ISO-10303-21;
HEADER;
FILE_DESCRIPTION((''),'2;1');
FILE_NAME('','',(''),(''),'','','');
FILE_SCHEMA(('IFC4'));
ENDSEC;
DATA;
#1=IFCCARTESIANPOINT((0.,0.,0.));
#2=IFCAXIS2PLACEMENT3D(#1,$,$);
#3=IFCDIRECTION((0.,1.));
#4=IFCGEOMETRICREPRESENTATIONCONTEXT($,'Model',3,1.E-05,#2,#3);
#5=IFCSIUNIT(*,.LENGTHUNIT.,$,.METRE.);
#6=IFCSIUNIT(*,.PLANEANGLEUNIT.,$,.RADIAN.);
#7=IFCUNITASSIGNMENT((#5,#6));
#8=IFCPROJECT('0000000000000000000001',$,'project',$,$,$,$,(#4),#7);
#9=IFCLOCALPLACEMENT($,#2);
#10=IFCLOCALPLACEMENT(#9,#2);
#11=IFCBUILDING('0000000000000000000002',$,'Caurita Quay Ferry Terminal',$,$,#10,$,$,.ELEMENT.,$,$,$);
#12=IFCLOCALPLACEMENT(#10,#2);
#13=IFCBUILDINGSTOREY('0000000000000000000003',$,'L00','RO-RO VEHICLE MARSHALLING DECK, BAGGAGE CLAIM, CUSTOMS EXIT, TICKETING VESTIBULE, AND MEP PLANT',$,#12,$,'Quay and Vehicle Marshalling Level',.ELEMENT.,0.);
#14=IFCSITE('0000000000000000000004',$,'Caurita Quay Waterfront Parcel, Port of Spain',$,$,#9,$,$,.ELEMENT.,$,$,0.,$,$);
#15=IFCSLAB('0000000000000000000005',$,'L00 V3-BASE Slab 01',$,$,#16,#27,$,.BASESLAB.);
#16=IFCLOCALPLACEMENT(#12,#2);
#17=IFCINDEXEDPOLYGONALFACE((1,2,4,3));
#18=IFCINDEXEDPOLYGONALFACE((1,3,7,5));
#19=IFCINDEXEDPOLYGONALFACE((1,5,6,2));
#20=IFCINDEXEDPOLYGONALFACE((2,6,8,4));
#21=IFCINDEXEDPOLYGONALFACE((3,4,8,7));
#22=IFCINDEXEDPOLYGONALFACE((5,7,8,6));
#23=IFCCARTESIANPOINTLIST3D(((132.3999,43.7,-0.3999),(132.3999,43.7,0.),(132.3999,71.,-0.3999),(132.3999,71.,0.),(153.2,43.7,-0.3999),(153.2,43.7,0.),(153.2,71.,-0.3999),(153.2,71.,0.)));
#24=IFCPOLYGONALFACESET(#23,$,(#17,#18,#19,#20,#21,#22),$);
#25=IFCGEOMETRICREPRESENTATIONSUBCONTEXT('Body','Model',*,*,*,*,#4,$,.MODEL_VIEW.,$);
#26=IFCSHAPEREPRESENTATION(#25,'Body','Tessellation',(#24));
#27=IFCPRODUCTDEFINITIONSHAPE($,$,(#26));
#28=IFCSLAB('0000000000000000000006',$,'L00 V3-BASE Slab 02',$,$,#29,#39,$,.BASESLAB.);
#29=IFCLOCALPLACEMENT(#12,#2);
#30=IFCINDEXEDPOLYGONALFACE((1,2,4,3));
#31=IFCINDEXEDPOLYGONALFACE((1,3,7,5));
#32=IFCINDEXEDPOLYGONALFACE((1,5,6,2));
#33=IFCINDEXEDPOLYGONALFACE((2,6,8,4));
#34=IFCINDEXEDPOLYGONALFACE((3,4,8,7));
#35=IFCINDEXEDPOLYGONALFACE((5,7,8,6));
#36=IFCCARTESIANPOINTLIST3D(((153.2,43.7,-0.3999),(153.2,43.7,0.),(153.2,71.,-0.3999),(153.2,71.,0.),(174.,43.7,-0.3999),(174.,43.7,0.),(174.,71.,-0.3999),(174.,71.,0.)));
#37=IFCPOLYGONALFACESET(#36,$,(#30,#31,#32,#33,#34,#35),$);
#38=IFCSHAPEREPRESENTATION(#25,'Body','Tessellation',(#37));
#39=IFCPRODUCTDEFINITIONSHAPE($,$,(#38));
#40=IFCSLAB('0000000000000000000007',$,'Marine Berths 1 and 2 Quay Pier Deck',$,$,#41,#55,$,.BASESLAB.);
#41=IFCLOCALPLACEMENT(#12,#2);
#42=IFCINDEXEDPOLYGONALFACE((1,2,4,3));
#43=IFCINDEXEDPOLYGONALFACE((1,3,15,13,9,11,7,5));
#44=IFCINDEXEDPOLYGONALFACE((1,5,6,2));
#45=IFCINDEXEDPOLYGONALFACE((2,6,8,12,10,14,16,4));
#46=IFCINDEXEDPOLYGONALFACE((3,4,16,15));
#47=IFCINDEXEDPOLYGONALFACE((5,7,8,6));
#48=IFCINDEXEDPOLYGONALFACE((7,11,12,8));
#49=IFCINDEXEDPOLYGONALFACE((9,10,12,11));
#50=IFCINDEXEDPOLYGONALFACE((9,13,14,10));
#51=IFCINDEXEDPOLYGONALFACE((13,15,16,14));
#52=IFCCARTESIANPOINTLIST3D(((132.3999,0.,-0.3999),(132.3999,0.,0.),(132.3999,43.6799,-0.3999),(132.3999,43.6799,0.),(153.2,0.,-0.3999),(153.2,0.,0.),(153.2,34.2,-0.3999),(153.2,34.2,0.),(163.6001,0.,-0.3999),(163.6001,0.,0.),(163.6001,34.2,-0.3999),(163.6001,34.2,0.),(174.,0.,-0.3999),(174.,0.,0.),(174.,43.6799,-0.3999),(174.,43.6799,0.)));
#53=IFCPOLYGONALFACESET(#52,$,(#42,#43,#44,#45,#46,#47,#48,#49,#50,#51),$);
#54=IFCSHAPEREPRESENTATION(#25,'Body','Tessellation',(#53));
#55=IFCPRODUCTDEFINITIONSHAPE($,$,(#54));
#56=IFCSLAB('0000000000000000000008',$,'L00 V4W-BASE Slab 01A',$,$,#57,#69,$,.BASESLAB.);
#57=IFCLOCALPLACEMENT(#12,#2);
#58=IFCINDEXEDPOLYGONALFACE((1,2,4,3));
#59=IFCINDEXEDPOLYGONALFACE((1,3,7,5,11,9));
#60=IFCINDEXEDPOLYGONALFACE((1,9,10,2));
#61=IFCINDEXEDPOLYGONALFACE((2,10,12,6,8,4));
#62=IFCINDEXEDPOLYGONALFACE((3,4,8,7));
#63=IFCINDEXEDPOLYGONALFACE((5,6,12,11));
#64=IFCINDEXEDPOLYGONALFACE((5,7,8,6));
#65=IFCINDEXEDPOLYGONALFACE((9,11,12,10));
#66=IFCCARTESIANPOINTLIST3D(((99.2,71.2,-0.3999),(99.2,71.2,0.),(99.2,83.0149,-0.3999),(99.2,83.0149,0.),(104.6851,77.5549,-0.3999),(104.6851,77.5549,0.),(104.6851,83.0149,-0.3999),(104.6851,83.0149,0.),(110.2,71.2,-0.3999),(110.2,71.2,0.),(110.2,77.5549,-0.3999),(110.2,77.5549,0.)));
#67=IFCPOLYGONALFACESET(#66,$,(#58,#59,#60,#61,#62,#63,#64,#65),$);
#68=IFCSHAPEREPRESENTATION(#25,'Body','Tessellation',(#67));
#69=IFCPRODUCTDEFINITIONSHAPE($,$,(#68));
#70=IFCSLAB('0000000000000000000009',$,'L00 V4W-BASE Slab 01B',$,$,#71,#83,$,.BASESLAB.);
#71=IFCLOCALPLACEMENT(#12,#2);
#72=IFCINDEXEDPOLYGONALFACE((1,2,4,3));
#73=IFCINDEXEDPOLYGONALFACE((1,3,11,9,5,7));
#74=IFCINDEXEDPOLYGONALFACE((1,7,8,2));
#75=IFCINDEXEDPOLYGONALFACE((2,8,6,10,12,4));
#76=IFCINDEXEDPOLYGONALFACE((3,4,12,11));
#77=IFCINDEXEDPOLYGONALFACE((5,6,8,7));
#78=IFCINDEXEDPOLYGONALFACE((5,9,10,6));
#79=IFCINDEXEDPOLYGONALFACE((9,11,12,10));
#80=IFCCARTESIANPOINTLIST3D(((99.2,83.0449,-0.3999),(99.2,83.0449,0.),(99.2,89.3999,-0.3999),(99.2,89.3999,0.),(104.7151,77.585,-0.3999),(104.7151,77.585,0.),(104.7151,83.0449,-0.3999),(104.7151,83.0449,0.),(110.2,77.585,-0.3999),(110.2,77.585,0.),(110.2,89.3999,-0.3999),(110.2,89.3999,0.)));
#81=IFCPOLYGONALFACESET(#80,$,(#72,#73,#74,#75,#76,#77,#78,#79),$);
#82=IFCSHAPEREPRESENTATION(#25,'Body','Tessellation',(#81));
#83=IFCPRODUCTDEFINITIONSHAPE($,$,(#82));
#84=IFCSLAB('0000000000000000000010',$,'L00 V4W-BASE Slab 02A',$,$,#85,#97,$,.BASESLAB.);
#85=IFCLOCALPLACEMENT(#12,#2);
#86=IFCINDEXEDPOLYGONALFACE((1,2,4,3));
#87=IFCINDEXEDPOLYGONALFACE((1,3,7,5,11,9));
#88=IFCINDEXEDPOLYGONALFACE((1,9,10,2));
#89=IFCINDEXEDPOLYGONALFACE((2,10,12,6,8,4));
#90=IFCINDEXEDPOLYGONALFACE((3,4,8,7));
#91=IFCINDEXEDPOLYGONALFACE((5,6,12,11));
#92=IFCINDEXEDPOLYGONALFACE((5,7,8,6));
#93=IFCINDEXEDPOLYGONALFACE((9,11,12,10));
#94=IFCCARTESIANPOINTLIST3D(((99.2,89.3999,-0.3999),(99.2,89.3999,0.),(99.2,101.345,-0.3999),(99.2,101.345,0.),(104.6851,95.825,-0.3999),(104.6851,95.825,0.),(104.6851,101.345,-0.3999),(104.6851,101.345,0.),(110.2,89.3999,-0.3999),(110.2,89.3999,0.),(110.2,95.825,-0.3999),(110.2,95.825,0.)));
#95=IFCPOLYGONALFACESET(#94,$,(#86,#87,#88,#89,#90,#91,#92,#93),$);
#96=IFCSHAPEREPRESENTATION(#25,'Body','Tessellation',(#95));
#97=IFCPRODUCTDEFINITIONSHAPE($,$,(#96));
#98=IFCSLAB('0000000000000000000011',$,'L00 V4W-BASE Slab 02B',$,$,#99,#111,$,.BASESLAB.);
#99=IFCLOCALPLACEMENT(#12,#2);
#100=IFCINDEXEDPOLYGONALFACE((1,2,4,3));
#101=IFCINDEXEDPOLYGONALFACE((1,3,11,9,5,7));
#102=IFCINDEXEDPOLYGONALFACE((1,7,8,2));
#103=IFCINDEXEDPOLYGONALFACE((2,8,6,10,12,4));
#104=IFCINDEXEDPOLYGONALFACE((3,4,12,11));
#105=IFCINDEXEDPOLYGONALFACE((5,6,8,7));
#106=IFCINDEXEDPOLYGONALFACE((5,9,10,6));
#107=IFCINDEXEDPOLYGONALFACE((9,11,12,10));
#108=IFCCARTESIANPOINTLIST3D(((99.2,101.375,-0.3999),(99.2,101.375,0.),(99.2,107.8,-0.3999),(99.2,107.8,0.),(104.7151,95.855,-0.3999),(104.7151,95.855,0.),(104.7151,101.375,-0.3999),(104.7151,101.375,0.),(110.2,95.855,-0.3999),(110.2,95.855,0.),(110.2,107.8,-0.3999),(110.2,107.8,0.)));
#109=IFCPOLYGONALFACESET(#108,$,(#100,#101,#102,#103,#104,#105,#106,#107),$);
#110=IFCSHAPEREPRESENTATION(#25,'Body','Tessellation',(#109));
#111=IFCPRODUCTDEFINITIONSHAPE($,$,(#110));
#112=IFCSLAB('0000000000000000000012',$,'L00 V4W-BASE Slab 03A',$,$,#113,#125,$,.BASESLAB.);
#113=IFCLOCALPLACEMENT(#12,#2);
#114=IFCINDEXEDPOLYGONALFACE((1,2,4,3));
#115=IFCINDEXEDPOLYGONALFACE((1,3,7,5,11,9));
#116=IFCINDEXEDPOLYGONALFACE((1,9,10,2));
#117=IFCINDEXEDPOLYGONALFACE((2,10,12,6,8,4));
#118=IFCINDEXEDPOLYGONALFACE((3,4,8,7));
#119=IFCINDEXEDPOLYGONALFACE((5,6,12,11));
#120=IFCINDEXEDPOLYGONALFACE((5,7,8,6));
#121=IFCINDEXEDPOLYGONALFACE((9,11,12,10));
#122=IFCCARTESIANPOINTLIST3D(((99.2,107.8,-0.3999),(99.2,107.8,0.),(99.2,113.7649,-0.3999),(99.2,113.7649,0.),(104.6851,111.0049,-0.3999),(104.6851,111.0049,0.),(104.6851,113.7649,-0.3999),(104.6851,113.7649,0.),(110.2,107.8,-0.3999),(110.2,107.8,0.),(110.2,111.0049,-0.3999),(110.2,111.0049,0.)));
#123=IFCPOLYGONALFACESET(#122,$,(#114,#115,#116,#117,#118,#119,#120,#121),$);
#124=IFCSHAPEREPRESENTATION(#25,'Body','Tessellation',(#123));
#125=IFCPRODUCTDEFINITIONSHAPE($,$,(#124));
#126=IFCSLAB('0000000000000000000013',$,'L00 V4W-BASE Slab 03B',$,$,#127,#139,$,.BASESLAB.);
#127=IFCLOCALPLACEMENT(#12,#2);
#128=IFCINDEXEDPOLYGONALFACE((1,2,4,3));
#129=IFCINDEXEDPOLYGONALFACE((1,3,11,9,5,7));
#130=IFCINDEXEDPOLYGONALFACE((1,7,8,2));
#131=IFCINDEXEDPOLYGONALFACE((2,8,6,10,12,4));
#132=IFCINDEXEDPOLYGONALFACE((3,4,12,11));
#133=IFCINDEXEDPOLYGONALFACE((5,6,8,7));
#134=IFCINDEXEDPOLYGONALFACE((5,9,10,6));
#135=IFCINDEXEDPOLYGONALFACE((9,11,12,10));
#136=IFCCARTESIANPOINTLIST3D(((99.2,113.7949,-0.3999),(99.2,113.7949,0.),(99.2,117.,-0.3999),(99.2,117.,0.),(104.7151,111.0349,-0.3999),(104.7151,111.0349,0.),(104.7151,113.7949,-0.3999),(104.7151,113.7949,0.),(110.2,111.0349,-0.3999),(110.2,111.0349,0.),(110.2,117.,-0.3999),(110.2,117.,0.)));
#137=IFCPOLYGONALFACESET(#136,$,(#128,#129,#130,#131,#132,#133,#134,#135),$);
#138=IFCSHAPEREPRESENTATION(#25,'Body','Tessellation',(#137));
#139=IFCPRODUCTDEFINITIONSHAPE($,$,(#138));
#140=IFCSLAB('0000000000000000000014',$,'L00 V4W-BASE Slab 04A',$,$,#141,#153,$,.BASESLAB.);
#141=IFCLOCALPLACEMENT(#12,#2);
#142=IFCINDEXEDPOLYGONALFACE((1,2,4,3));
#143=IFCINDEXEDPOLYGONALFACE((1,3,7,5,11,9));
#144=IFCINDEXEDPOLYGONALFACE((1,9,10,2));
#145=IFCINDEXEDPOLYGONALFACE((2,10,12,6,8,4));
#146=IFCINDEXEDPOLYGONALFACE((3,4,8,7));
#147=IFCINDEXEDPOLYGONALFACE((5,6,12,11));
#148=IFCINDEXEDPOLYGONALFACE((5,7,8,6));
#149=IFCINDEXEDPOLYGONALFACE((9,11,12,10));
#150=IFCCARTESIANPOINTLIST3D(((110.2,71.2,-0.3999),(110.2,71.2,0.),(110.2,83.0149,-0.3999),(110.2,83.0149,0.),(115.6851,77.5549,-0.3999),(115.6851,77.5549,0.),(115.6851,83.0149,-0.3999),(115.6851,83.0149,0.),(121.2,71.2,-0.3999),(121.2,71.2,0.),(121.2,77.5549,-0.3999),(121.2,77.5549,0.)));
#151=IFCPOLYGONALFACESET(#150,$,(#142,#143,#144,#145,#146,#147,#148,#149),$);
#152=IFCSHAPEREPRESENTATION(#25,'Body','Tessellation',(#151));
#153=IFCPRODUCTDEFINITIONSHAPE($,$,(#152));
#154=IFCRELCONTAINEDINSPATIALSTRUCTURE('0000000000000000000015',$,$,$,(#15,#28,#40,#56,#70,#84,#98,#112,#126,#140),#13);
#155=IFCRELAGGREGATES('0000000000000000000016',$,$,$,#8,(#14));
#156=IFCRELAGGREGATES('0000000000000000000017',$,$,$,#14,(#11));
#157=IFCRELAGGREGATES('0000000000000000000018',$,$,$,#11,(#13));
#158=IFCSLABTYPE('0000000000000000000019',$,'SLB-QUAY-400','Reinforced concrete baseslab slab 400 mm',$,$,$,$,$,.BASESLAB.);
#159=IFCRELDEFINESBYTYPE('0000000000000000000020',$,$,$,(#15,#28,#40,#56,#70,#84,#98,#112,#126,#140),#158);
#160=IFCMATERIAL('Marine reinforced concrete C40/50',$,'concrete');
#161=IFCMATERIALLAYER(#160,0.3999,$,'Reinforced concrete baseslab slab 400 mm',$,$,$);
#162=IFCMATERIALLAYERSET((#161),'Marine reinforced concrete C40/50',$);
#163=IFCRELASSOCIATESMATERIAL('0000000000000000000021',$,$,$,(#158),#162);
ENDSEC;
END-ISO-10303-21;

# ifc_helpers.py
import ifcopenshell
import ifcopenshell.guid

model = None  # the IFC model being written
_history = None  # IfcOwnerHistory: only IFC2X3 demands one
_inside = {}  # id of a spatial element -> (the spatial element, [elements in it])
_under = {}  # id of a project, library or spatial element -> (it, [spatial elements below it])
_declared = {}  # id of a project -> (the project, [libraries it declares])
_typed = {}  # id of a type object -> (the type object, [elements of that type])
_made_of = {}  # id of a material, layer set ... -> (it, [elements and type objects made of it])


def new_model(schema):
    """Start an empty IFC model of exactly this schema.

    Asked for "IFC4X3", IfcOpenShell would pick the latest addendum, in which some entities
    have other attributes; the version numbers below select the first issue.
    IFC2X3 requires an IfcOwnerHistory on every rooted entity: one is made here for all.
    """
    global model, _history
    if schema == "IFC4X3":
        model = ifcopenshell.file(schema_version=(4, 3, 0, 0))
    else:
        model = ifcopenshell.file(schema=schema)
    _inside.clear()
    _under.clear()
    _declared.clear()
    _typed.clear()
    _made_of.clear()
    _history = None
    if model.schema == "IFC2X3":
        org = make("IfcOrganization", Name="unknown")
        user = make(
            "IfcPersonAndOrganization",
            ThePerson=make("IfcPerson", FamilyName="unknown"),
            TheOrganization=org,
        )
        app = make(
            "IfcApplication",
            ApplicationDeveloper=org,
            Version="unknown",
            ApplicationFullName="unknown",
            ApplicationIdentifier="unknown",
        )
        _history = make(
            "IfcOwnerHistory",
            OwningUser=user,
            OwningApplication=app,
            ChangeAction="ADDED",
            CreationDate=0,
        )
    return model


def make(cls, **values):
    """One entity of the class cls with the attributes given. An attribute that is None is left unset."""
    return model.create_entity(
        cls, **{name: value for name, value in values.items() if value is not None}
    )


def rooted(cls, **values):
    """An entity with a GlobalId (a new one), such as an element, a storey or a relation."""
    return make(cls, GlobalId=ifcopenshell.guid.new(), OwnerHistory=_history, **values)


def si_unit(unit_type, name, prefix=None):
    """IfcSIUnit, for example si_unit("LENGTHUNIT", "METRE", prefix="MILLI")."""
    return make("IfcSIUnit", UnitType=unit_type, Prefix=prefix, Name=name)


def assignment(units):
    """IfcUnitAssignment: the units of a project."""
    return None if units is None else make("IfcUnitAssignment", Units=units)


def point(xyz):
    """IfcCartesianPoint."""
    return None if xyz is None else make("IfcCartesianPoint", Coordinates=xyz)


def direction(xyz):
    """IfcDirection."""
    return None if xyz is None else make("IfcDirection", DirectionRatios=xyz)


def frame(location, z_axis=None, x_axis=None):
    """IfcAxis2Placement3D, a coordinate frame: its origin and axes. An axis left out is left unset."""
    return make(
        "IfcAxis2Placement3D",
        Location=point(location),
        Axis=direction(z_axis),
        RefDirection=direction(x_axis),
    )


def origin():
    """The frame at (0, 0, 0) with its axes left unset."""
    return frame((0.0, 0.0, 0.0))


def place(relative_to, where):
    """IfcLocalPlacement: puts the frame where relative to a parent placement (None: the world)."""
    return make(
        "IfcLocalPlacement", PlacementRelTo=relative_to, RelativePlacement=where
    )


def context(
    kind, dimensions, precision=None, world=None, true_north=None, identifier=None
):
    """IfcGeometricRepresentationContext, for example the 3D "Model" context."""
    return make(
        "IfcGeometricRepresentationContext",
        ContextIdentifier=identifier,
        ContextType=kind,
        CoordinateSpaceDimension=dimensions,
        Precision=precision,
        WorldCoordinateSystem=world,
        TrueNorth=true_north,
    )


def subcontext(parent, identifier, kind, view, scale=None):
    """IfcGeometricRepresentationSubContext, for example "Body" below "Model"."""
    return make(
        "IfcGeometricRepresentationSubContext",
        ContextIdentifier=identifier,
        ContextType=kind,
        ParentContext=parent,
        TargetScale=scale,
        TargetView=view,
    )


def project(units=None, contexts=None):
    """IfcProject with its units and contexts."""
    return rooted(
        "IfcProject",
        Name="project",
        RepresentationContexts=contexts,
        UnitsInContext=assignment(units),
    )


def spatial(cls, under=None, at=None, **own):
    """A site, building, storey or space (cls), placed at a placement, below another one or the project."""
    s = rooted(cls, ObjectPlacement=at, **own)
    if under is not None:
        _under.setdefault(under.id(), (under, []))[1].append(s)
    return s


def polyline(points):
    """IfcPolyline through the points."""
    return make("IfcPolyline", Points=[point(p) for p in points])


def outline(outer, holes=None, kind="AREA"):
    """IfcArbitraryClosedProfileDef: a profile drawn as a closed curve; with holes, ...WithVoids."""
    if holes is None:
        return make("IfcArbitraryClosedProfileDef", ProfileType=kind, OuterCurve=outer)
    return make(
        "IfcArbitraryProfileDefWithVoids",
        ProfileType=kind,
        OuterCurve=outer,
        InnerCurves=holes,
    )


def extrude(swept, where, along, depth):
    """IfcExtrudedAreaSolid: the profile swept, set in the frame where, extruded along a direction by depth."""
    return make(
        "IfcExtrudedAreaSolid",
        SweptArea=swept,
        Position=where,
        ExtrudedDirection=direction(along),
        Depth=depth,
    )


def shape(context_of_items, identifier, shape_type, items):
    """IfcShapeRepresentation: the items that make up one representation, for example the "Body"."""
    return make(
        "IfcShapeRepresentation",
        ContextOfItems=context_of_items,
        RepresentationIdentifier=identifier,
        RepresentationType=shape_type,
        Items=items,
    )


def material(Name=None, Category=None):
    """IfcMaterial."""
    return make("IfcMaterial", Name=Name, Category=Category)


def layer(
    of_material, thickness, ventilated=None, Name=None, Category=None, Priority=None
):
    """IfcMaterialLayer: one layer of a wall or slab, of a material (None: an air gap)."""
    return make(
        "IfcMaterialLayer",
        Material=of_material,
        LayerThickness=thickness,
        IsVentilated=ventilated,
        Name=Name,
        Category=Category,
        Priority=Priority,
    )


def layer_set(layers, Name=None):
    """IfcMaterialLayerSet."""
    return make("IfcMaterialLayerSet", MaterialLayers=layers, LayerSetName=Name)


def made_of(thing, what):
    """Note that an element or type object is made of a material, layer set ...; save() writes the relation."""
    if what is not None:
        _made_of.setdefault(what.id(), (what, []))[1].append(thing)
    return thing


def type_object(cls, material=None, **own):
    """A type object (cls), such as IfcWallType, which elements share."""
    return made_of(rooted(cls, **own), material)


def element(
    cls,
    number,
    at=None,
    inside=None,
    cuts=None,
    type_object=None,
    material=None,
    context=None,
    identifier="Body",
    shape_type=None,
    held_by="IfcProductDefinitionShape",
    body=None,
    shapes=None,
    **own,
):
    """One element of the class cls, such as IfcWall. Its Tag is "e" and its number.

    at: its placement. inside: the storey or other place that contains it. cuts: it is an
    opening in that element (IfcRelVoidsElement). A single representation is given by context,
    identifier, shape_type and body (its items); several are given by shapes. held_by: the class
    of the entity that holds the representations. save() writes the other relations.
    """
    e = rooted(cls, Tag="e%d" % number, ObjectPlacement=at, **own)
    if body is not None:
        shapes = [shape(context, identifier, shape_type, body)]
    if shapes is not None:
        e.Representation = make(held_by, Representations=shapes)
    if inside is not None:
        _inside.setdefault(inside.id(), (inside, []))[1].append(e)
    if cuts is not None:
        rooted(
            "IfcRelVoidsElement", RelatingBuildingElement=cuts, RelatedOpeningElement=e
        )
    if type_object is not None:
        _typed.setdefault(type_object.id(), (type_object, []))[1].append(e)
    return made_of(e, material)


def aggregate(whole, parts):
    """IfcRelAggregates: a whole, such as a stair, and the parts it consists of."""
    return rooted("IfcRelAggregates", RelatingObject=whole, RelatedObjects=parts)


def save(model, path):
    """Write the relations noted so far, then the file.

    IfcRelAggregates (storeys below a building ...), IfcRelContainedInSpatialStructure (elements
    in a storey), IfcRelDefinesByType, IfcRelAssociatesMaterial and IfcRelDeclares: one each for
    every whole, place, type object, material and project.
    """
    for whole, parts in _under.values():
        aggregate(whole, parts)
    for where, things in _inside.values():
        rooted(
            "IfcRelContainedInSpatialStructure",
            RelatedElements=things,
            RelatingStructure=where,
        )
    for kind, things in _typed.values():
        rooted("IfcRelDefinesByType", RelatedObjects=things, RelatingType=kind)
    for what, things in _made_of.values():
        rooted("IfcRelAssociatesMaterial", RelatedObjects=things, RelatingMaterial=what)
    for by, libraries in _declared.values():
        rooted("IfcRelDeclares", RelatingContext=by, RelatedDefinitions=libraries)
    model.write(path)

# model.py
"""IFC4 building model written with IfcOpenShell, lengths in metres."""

from ifc_helpers import new_model, si_unit, direction, frame, origin, place, context, subcontext, project, spatial, polyline, outline, extrude, material, layer, layer_set, type_object, element, save


model = new_model("IFC4")

# Units and contexts
model_context = context("Model", 3, precision=1e-05, world=origin(), true_north=direction((0.0, 1.0)))
body_context = subcontext(model_context, "Body", "Model", "MODEL_VIEW")
ifc_project = project(units=[si_unit("LENGTHUNIT", "METRE"), si_unit("PLANEANGLEUNIT", "RADIAN")], contexts=[model_context])

# Site, building, storey
site_placement = place(None, origin())
site = spatial("IfcSite", under=ifc_project, at=site_placement, Name="Caurita Quay Waterfront Parcel, Port of Spain", CompositionType="ELEMENT", RefElevation=0.0)
building_placement = place(site_placement, origin())
building = spatial("IfcBuilding", under=site, at=building_placement, Name="Caurita Quay Ferry Terminal", CompositionType="ELEMENT")
storey_placement = place(building_placement, origin())
storey = spatial("IfcBuildingStorey", under=building, at=storey_placement, Name="L00", Description="RO-RO VEHICLE MARSHALLING DECK, BAGGAGE CLAIM, CUSTOMS EXIT, TICKETING VESTIBULE, AND MEP PLANT", LongName="Quay and Vehicle Marshalling Level", CompositionType="ELEMENT", Elevation=0.0)

# Slabs
ifc_material = material(Name="Marine reinforced concrete C40/50", Category="concrete")
ifc_layer = layer(ifc_material, 0.3999, Name="Reinforced concrete baseslab slab 400 mm")
ifc_layer_set = layer_set([ifc_layer], Name="Marine reinforced concrete C40/50")
slab_type = type_object("IfcSlabType", Name="SLB-QUAY-400", Description="Reinforced concrete baseslab slab 400 mm", PredefinedType="BASESLAB", material=ifc_layer_set)
slab_1_placement = place(storey_placement, frame((0.0, 0.0, -0.3999)))
element("IfcSlab", 1, at=slab_1_placement, inside=storey, type_object=slab_type, Name="L00 V3-BASE Slab 01", PredefinedType="BASESLAB", context=body_context, shape_type="SweptSolid", body=[
    extrude(outline(polyline([(132.3999, 43.7), (153.2, 43.7), (153.2, 71.0), (132.3999, 71.0), (132.3999, 43.7)])), origin(), (0.0, 0.0, 1.0), 0.3999),
])
slab_2_placement = place(storey_placement, frame((0.0, 0.0, -0.3999)))
element("IfcSlab", 2, at=slab_2_placement, inside=storey, type_object=slab_type, Name="L00 V3-BASE Slab 02", PredefinedType="BASESLAB", context=body_context, shape_type="SweptSolid", body=[
    extrude(outline(polyline([(153.2, 43.7), (174.0, 43.7), (174.0, 71.0), (153.2, 71.0), (153.2, 43.7)])), origin(), (0.0, 0.0, 1.0), 0.3999),
])
slab_3_placement = place(storey_placement, frame((0.0, 0.0, -0.3999)))
element("IfcSlab", 3, at=slab_3_placement, inside=storey, type_object=slab_type, Name="Marine Berths 1 and 2 Quay Pier Deck", PredefinedType="BASESLAB", context=body_context, shape_type="SweptSolid", body=[
    extrude(outline(polyline([(132.3999, 0.0), (153.2, 0.0), (153.2, 34.2), (163.6001, 34.2), (163.6001, 0.0), (174.0, 0.0), (174.0, 43.6799), (132.3999, 43.6799), (132.3999, 0.0)])), origin(), (0.0, 0.0, 1.0), 0.3999),
])
slab_4_placement = place(storey_placement, frame((0.0, 0.0, -0.3999)))
element("IfcSlab", 4, at=slab_4_placement, inside=storey, type_object=slab_type, Name="L00 V4W-BASE Slab 01A", PredefinedType="BASESLAB", context=body_context, shape_type="SweptSolid", body=[
    extrude(outline(polyline([(99.2, 71.2), (110.2, 71.2), (110.2, 77.5549), (104.6851, 77.5549), (104.6851, 83.0149), (99.2, 83.0149), (99.2, 71.2)])), origin(), (0.0, 0.0, 1.0), 0.3999),
])
slab_5_placement = place(storey_placement, frame((0.0, 0.0, -0.3999)))
element("IfcSlab", 5, at=slab_5_placement, inside=storey, type_object=slab_type, Name="L00 V4W-BASE Slab 01B", PredefinedType="BASESLAB", context=body_context, shape_type="SweptSolid", body=[
    extrude(outline(polyline([(104.7151, 77.585), (110.2, 77.585), (110.2, 89.3999), (99.2, 89.3999), (99.2, 83.0449), (104.7151, 83.0449), (104.7151, 77.585)])), origin(), (0.0, 0.0, 1.0), 0.3999),
])
slab_6_placement = place(storey_placement, frame((0.0, 0.0, -0.3999)))
element("IfcSlab", 6, at=slab_6_placement, inside=storey, type_object=slab_type, Name="L00 V4W-BASE Slab 02A", PredefinedType="BASESLAB", context=body_context, shape_type="SweptSolid", body=[
    extrude(outline(polyline([(99.2, 89.3999), (110.2, 89.3999), (110.2, 95.825), (104.6851, 95.825), (104.6851, 101.345), (99.2, 101.345), (99.2, 89.3999)])), origin(), (0.0, 0.0, 1.0), 0.3999),
])
slab_7_placement = place(storey_placement, frame((0.0, 0.0, -0.3999)))
element("IfcSlab", 7, at=slab_7_placement, inside=storey, type_object=slab_type, Name="L00 V4W-BASE Slab 02B", PredefinedType="BASESLAB", context=body_context, shape_type="SweptSolid", body=[
    extrude(outline(polyline([(104.7151, 95.855), (110.2, 95.855), (110.2, 107.8), (99.2, 107.8), (99.2, 101.375), (104.7151, 101.375), (104.7151, 95.855)])), origin(), (0.0, 0.0, 1.0), 0.3999),
])
slab_8_placement = place(storey_placement, frame((0.0, 0.0, -0.3999)))
element("IfcSlab", 8, at=slab_8_placement, inside=storey, type_object=slab_type, Name="L00 V4W-BASE Slab 03A", PredefinedType="BASESLAB", context=body_context, shape_type="SweptSolid", body=[
    extrude(outline(polyline([(99.2, 107.8), (110.2, 107.8), (110.2, 111.0049), (104.6851, 111.0049), (104.6851, 113.7649), (99.2, 113.7649), (99.2, 107.8)])), origin(), (0.0, 0.0, 1.0), 0.3999),
])
slab_9_placement = place(storey_placement, frame((0.0, 0.0, -0.3999)))
element("IfcSlab", 9, at=slab_9_placement, inside=storey, type_object=slab_type, Name="L00 V4W-BASE Slab 03B", PredefinedType="BASESLAB", context=body_context, shape_type="SweptSolid", body=[
    extrude(outline(polyline([(104.7151, 111.0349), (110.2, 111.0349), (110.2, 117.0), (99.2, 117.0), (99.2, 113.7949), (104.7151, 113.7949), (104.7151, 111.0349)])), origin(), (0.0, 0.0, 1.0), 0.3999),
])
slab_10_placement = place(storey_placement, frame((0.0, 0.0, -0.3999)))
element("IfcSlab", 10, at=slab_10_placement, inside=storey, type_object=slab_type, Name="L00 V4W-BASE Slab 04A", PredefinedType="BASESLAB", context=body_context, shape_type="SweptSolid", body=[
    extrude(outline(polyline([(110.2, 71.2), (121.2, 71.2), (121.2, 77.5549), (115.6851, 77.5549), (115.6851, 83.0149), (110.2, 83.0149), (110.2, 71.2)])), origin(), (0.0, 0.0, 1.0), 0.3999),
])

save(model, "model.ifc")
